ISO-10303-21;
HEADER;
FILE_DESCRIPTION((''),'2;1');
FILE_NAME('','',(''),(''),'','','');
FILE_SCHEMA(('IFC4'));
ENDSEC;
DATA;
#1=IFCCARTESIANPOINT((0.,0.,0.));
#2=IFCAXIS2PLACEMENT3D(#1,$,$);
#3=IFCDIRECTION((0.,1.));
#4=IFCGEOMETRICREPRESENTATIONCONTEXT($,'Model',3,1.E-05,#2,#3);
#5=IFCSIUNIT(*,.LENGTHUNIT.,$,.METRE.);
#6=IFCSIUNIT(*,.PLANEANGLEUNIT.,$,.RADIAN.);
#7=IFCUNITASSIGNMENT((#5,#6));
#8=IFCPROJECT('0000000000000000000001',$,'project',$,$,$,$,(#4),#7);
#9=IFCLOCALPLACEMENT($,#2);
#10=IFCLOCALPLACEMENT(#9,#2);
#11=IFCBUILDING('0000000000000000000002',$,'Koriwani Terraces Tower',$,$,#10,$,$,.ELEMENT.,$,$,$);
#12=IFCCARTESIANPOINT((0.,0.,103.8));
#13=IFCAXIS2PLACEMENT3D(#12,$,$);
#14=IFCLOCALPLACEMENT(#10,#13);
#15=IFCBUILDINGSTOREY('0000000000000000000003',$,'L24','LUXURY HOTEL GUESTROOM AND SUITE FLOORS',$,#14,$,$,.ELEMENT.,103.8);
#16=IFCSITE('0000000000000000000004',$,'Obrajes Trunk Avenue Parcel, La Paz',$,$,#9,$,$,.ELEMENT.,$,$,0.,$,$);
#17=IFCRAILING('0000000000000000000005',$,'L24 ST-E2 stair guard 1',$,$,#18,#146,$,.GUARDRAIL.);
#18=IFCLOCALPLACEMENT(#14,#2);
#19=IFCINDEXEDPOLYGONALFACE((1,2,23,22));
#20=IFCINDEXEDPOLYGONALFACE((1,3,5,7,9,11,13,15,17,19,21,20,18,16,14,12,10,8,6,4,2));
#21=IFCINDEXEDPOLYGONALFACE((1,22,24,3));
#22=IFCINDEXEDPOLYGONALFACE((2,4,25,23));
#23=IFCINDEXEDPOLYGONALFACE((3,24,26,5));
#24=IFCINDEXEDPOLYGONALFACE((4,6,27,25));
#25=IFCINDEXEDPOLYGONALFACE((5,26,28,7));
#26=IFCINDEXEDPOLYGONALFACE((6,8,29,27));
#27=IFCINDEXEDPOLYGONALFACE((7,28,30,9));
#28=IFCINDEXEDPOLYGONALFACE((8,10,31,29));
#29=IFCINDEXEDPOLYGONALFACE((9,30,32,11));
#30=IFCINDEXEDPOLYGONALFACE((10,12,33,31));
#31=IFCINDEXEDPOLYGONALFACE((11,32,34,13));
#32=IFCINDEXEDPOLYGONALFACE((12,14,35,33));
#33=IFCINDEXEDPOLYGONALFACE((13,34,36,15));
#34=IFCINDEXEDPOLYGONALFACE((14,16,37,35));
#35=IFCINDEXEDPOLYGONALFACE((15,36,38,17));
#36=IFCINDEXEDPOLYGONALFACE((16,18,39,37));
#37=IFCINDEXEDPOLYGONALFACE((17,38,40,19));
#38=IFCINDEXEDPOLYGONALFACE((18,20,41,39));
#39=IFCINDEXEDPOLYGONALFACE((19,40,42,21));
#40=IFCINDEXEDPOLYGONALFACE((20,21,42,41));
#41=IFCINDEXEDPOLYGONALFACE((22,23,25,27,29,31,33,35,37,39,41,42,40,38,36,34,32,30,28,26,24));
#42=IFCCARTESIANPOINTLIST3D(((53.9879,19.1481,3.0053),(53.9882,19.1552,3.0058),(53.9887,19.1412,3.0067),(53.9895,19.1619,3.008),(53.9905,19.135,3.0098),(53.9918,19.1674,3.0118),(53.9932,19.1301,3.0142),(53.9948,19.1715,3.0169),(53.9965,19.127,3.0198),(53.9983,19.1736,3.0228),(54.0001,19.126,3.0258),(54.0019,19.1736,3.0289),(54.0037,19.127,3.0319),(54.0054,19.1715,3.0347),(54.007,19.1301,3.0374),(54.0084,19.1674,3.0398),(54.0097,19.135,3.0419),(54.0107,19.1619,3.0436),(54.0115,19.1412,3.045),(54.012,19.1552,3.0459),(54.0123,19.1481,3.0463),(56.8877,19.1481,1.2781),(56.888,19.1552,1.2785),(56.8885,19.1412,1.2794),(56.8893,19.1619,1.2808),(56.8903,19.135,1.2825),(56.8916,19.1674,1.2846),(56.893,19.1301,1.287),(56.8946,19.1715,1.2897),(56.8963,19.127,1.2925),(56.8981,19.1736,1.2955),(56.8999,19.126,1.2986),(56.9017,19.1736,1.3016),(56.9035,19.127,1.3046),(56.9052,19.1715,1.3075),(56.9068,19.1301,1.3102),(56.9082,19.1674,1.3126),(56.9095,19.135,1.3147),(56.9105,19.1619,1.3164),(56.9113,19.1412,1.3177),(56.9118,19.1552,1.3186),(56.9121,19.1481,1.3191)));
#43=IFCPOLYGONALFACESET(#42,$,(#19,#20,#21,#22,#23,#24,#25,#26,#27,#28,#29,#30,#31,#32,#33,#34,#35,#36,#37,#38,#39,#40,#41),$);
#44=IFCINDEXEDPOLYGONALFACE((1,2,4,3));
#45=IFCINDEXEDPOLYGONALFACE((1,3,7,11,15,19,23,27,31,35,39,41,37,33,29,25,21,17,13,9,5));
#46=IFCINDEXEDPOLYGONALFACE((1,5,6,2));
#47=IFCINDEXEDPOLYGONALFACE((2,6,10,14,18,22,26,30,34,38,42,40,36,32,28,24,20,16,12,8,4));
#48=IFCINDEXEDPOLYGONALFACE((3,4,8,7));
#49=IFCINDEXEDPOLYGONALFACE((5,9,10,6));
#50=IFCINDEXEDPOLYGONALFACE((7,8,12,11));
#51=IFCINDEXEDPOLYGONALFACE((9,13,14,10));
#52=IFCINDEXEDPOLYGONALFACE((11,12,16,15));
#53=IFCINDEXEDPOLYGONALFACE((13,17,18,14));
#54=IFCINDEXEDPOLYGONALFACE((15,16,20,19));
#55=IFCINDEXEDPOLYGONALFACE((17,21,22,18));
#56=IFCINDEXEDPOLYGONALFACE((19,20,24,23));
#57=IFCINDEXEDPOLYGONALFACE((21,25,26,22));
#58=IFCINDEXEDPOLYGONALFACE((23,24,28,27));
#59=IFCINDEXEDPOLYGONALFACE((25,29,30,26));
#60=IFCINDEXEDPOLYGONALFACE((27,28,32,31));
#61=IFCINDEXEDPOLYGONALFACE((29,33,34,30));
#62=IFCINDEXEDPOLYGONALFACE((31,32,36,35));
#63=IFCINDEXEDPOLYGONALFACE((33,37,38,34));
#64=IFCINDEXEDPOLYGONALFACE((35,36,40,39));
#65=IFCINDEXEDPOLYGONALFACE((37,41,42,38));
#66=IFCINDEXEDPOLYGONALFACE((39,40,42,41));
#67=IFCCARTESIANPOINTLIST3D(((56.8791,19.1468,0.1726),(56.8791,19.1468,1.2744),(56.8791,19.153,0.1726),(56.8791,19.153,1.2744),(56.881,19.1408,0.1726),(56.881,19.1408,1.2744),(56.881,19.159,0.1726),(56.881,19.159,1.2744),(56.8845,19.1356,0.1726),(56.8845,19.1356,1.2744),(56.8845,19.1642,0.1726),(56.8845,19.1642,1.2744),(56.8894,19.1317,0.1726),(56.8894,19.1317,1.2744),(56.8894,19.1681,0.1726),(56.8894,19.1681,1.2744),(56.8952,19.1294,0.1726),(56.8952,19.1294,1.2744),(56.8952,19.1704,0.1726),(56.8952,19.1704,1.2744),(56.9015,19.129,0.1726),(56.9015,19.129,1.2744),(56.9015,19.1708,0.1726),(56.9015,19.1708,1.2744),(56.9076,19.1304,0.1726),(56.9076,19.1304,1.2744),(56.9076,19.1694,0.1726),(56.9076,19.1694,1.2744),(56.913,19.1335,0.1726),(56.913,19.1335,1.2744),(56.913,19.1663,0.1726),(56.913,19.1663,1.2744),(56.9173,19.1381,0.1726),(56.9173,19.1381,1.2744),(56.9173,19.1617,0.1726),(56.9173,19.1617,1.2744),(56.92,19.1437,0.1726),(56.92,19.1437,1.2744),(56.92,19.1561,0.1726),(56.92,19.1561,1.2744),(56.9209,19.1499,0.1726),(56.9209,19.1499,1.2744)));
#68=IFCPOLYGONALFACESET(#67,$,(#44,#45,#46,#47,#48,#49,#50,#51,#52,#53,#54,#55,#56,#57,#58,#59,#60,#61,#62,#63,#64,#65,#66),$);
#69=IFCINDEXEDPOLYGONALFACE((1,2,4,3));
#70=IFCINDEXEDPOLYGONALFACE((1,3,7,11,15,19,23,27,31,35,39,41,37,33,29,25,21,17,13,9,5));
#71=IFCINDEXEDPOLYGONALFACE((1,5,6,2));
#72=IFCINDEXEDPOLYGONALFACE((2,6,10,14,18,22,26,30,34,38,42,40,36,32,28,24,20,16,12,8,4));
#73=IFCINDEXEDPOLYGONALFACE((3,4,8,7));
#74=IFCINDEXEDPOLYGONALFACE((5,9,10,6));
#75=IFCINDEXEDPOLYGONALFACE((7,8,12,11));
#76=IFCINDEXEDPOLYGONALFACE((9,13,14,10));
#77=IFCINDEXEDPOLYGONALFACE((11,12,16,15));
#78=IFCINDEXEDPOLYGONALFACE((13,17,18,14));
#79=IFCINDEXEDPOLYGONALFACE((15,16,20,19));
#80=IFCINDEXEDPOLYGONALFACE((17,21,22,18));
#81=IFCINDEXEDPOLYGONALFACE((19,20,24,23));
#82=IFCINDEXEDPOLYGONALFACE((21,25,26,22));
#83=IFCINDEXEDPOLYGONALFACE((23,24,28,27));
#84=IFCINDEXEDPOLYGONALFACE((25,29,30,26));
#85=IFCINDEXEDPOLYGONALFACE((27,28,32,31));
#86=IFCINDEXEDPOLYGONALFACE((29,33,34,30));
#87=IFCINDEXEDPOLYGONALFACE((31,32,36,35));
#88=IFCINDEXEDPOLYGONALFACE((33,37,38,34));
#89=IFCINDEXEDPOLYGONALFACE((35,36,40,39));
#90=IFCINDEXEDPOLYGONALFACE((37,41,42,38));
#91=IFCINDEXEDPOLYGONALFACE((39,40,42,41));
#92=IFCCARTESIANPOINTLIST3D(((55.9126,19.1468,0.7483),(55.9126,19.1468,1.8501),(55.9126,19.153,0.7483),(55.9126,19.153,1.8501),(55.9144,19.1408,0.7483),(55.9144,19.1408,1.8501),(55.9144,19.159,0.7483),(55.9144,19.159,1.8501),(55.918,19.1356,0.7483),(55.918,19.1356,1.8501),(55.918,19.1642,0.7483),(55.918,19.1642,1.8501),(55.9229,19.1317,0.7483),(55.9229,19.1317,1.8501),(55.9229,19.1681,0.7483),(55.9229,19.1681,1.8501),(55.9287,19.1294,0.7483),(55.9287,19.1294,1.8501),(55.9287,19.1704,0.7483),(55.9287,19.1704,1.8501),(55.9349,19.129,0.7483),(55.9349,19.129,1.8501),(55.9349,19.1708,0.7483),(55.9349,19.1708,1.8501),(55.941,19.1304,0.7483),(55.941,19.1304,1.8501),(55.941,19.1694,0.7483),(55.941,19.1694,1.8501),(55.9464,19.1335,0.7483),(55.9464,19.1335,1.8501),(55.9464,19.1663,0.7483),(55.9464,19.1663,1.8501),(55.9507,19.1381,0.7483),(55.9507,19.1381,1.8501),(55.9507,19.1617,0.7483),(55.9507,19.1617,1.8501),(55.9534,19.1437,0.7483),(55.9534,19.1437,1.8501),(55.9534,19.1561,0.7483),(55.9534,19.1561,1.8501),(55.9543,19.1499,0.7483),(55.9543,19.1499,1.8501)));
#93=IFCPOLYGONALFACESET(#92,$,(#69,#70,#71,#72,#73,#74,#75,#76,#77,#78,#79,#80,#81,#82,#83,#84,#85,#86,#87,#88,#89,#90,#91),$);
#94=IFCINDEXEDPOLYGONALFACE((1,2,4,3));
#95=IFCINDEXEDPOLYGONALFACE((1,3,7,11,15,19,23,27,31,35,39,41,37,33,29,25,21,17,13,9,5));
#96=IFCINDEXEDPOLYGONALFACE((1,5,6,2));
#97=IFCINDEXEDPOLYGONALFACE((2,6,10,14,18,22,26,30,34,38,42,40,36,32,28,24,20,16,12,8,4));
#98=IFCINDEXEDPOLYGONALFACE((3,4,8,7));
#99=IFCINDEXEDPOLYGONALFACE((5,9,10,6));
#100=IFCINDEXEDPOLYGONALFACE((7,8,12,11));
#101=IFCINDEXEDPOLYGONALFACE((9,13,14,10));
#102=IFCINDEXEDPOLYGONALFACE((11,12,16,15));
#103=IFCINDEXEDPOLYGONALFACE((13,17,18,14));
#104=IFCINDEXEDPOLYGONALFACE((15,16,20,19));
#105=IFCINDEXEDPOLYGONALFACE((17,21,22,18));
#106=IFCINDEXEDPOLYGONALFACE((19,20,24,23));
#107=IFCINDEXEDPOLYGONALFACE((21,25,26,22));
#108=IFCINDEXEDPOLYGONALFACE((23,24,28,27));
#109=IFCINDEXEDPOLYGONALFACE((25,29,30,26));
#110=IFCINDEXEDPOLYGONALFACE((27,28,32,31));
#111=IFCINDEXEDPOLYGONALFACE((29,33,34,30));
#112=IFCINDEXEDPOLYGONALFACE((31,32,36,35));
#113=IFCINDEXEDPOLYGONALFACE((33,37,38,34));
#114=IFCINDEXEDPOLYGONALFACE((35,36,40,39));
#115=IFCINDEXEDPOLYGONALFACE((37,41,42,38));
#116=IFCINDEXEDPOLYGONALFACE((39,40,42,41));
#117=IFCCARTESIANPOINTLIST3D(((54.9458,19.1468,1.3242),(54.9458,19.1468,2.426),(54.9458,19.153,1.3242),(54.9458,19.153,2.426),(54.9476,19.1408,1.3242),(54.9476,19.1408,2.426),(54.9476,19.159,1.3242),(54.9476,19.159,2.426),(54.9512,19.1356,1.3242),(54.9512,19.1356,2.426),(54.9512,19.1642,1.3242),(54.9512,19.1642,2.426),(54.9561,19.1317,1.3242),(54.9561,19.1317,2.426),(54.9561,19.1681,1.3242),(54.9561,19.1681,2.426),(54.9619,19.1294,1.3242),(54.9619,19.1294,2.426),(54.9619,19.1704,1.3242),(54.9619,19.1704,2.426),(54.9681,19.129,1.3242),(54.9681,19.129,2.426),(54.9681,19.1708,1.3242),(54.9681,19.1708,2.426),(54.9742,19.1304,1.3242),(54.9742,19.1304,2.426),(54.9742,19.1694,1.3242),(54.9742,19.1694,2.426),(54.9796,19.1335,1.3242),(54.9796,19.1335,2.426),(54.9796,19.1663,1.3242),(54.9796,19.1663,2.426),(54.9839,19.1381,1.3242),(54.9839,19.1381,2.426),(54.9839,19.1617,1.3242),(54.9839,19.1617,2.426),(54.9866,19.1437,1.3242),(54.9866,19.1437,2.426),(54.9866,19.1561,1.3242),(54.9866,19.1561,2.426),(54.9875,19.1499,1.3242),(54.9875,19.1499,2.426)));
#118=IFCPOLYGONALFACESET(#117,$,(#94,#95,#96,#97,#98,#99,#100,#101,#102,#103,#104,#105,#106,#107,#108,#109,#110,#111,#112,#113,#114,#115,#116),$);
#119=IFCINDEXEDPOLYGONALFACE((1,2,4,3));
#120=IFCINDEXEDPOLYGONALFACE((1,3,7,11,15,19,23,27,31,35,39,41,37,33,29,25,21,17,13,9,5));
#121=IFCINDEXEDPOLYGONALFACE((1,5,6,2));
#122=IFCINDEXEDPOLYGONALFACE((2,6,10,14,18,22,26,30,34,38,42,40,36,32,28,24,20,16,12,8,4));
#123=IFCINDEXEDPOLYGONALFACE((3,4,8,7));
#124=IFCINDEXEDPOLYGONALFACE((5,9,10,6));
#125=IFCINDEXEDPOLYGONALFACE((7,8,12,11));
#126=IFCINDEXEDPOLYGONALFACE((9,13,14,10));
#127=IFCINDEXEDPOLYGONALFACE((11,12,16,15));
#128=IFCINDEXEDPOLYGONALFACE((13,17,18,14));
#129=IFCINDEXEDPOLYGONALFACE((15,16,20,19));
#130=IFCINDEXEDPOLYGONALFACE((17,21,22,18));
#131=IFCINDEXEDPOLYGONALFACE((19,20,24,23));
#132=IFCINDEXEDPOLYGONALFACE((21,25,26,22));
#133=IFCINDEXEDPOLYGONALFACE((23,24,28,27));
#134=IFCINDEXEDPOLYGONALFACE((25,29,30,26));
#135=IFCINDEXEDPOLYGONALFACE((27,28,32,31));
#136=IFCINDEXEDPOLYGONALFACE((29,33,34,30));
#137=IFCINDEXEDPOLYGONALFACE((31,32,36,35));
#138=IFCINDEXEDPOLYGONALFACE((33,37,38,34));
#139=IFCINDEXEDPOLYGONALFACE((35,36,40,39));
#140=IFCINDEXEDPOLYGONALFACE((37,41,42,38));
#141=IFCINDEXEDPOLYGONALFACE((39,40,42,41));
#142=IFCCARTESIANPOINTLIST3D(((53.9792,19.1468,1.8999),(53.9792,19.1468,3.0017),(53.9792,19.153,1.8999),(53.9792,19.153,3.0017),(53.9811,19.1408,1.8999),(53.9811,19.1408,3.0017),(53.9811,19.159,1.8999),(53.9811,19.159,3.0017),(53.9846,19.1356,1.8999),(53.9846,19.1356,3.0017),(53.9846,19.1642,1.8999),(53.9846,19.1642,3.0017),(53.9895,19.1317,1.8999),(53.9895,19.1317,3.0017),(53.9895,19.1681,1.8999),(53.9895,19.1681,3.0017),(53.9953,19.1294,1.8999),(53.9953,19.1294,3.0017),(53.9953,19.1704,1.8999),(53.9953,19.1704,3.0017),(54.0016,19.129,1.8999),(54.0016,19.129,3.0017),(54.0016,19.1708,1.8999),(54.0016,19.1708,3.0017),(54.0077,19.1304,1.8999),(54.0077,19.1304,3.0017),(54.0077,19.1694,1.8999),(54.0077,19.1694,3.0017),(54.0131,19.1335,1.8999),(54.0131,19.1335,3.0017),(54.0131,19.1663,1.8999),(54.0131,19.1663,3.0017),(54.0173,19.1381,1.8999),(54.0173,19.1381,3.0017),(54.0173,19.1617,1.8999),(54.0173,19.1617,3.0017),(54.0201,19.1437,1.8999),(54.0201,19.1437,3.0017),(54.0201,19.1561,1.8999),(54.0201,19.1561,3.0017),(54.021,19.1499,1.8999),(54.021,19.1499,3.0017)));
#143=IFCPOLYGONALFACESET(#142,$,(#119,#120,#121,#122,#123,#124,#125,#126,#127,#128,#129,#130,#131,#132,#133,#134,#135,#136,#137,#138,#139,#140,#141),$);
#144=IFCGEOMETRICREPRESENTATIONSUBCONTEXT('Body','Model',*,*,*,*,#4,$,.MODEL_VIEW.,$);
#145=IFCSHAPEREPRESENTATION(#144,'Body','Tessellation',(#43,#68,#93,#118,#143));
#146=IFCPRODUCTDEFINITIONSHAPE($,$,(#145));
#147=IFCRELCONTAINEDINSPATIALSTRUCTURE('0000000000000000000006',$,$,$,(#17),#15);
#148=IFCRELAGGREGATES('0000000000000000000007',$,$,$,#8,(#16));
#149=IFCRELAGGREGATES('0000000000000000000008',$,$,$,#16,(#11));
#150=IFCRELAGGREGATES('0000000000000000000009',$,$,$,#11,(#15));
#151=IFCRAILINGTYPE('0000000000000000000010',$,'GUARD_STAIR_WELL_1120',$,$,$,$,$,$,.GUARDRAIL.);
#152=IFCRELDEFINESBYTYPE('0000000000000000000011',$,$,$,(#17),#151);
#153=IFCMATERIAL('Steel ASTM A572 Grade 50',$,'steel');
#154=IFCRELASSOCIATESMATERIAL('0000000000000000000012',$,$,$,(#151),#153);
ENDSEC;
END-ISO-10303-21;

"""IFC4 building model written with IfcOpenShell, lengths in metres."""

from ifc_helpers import new_model, si_unit, direction, frame, origin, origin_2d, place, context, subcontext, project, spatial, circle, extrude, material, type_object, element, save


model = new_model("IFC4")

# Units and contexts
model_context = context("Model", 3, precision=1e-05, world=origin(), true_north=direction((0.0, 1.0)))
body_context = subcontext(model_context, "Body", "Model", "MODEL_VIEW")
ifc_project = project(units=[si_unit("LENGTHUNIT", "METRE"), si_unit("PLANEANGLEUNIT", "RADIAN")], contexts=[model_context])

# Site, building, storey
site_placement = place(None, origin())
site = spatial("IfcSite", under=ifc_project, at=site_placement, Name="Obrajes Trunk Avenue Parcel, La Paz", CompositionType="ELEMENT", RefElevation=0.0)
building_placement = place(site_placement, origin())
building = spatial("IfcBuilding", under=site, at=building_placement, Name="Koriwani Terraces Tower", CompositionType="ELEMENT")
storey_placement = place(building_placement, frame((0.0, 0.0, 103.8)))
storey = spatial("IfcBuildingStorey", under=building, at=storey_placement, Name="L24", Description="LUXURY HOTEL GUESTROOM AND SUITE FLOORS", CompositionType="ELEMENT", Elevation=103.8)

# Shared definitions
ifc_material_1 = material(Name="Steel ASTM A572 Grade 50", Category="steel")

# Railing
railing_type_1 = type_object("IfcRailingType", Name="GUARD_STAIR_WELL_1120", PredefinedType="GUARDRAIL", material=ifc_material_1)
railing_1_placement = place(storey_placement, frame((56.8999, 19.1499, 0.1726)))
element("IfcRailing", 1, at=railing_1_placement, inside=storey, type_object=railing_type_1, Name="L24 ST-E2 stair guard 1", PredefinedType="GUARDRAIL", context=body_context, shape_type="SweptSolid", body=[
    extrude(circle(Radius=0.0239, at=origin_2d()), frame((0.0, 0.0, 1.126), z_axis=(-0.859141, 0.0, 0.511738), x_axis=(0.0, -1.0, 0.0)), (0.0, 0.0, 1.0), 3.3752),
    extrude(circle(Radius=0.021, at=origin_2d()), origin(), (0.0, 0.0, 1.0), 1.1018),
    extrude(circle(Radius=0.021, at=origin_2d()), frame((-0.9666, 0.0, 0.5757)), (0.0, 0.0, 1.0), 1.1018),
    extrude(circle(Radius=0.021, at=origin_2d()), frame((-1.9333, 0.0, 1.1516)), (0.0, 0.0, 1.0), 1.1018),
    extrude(circle(Radius=0.021, at=origin_2d()), frame((-2.8999, 0.0, 1.7273)), (0.0, 0.0, 1.0), 1.1018),
])

save(model, "model.ifc")
